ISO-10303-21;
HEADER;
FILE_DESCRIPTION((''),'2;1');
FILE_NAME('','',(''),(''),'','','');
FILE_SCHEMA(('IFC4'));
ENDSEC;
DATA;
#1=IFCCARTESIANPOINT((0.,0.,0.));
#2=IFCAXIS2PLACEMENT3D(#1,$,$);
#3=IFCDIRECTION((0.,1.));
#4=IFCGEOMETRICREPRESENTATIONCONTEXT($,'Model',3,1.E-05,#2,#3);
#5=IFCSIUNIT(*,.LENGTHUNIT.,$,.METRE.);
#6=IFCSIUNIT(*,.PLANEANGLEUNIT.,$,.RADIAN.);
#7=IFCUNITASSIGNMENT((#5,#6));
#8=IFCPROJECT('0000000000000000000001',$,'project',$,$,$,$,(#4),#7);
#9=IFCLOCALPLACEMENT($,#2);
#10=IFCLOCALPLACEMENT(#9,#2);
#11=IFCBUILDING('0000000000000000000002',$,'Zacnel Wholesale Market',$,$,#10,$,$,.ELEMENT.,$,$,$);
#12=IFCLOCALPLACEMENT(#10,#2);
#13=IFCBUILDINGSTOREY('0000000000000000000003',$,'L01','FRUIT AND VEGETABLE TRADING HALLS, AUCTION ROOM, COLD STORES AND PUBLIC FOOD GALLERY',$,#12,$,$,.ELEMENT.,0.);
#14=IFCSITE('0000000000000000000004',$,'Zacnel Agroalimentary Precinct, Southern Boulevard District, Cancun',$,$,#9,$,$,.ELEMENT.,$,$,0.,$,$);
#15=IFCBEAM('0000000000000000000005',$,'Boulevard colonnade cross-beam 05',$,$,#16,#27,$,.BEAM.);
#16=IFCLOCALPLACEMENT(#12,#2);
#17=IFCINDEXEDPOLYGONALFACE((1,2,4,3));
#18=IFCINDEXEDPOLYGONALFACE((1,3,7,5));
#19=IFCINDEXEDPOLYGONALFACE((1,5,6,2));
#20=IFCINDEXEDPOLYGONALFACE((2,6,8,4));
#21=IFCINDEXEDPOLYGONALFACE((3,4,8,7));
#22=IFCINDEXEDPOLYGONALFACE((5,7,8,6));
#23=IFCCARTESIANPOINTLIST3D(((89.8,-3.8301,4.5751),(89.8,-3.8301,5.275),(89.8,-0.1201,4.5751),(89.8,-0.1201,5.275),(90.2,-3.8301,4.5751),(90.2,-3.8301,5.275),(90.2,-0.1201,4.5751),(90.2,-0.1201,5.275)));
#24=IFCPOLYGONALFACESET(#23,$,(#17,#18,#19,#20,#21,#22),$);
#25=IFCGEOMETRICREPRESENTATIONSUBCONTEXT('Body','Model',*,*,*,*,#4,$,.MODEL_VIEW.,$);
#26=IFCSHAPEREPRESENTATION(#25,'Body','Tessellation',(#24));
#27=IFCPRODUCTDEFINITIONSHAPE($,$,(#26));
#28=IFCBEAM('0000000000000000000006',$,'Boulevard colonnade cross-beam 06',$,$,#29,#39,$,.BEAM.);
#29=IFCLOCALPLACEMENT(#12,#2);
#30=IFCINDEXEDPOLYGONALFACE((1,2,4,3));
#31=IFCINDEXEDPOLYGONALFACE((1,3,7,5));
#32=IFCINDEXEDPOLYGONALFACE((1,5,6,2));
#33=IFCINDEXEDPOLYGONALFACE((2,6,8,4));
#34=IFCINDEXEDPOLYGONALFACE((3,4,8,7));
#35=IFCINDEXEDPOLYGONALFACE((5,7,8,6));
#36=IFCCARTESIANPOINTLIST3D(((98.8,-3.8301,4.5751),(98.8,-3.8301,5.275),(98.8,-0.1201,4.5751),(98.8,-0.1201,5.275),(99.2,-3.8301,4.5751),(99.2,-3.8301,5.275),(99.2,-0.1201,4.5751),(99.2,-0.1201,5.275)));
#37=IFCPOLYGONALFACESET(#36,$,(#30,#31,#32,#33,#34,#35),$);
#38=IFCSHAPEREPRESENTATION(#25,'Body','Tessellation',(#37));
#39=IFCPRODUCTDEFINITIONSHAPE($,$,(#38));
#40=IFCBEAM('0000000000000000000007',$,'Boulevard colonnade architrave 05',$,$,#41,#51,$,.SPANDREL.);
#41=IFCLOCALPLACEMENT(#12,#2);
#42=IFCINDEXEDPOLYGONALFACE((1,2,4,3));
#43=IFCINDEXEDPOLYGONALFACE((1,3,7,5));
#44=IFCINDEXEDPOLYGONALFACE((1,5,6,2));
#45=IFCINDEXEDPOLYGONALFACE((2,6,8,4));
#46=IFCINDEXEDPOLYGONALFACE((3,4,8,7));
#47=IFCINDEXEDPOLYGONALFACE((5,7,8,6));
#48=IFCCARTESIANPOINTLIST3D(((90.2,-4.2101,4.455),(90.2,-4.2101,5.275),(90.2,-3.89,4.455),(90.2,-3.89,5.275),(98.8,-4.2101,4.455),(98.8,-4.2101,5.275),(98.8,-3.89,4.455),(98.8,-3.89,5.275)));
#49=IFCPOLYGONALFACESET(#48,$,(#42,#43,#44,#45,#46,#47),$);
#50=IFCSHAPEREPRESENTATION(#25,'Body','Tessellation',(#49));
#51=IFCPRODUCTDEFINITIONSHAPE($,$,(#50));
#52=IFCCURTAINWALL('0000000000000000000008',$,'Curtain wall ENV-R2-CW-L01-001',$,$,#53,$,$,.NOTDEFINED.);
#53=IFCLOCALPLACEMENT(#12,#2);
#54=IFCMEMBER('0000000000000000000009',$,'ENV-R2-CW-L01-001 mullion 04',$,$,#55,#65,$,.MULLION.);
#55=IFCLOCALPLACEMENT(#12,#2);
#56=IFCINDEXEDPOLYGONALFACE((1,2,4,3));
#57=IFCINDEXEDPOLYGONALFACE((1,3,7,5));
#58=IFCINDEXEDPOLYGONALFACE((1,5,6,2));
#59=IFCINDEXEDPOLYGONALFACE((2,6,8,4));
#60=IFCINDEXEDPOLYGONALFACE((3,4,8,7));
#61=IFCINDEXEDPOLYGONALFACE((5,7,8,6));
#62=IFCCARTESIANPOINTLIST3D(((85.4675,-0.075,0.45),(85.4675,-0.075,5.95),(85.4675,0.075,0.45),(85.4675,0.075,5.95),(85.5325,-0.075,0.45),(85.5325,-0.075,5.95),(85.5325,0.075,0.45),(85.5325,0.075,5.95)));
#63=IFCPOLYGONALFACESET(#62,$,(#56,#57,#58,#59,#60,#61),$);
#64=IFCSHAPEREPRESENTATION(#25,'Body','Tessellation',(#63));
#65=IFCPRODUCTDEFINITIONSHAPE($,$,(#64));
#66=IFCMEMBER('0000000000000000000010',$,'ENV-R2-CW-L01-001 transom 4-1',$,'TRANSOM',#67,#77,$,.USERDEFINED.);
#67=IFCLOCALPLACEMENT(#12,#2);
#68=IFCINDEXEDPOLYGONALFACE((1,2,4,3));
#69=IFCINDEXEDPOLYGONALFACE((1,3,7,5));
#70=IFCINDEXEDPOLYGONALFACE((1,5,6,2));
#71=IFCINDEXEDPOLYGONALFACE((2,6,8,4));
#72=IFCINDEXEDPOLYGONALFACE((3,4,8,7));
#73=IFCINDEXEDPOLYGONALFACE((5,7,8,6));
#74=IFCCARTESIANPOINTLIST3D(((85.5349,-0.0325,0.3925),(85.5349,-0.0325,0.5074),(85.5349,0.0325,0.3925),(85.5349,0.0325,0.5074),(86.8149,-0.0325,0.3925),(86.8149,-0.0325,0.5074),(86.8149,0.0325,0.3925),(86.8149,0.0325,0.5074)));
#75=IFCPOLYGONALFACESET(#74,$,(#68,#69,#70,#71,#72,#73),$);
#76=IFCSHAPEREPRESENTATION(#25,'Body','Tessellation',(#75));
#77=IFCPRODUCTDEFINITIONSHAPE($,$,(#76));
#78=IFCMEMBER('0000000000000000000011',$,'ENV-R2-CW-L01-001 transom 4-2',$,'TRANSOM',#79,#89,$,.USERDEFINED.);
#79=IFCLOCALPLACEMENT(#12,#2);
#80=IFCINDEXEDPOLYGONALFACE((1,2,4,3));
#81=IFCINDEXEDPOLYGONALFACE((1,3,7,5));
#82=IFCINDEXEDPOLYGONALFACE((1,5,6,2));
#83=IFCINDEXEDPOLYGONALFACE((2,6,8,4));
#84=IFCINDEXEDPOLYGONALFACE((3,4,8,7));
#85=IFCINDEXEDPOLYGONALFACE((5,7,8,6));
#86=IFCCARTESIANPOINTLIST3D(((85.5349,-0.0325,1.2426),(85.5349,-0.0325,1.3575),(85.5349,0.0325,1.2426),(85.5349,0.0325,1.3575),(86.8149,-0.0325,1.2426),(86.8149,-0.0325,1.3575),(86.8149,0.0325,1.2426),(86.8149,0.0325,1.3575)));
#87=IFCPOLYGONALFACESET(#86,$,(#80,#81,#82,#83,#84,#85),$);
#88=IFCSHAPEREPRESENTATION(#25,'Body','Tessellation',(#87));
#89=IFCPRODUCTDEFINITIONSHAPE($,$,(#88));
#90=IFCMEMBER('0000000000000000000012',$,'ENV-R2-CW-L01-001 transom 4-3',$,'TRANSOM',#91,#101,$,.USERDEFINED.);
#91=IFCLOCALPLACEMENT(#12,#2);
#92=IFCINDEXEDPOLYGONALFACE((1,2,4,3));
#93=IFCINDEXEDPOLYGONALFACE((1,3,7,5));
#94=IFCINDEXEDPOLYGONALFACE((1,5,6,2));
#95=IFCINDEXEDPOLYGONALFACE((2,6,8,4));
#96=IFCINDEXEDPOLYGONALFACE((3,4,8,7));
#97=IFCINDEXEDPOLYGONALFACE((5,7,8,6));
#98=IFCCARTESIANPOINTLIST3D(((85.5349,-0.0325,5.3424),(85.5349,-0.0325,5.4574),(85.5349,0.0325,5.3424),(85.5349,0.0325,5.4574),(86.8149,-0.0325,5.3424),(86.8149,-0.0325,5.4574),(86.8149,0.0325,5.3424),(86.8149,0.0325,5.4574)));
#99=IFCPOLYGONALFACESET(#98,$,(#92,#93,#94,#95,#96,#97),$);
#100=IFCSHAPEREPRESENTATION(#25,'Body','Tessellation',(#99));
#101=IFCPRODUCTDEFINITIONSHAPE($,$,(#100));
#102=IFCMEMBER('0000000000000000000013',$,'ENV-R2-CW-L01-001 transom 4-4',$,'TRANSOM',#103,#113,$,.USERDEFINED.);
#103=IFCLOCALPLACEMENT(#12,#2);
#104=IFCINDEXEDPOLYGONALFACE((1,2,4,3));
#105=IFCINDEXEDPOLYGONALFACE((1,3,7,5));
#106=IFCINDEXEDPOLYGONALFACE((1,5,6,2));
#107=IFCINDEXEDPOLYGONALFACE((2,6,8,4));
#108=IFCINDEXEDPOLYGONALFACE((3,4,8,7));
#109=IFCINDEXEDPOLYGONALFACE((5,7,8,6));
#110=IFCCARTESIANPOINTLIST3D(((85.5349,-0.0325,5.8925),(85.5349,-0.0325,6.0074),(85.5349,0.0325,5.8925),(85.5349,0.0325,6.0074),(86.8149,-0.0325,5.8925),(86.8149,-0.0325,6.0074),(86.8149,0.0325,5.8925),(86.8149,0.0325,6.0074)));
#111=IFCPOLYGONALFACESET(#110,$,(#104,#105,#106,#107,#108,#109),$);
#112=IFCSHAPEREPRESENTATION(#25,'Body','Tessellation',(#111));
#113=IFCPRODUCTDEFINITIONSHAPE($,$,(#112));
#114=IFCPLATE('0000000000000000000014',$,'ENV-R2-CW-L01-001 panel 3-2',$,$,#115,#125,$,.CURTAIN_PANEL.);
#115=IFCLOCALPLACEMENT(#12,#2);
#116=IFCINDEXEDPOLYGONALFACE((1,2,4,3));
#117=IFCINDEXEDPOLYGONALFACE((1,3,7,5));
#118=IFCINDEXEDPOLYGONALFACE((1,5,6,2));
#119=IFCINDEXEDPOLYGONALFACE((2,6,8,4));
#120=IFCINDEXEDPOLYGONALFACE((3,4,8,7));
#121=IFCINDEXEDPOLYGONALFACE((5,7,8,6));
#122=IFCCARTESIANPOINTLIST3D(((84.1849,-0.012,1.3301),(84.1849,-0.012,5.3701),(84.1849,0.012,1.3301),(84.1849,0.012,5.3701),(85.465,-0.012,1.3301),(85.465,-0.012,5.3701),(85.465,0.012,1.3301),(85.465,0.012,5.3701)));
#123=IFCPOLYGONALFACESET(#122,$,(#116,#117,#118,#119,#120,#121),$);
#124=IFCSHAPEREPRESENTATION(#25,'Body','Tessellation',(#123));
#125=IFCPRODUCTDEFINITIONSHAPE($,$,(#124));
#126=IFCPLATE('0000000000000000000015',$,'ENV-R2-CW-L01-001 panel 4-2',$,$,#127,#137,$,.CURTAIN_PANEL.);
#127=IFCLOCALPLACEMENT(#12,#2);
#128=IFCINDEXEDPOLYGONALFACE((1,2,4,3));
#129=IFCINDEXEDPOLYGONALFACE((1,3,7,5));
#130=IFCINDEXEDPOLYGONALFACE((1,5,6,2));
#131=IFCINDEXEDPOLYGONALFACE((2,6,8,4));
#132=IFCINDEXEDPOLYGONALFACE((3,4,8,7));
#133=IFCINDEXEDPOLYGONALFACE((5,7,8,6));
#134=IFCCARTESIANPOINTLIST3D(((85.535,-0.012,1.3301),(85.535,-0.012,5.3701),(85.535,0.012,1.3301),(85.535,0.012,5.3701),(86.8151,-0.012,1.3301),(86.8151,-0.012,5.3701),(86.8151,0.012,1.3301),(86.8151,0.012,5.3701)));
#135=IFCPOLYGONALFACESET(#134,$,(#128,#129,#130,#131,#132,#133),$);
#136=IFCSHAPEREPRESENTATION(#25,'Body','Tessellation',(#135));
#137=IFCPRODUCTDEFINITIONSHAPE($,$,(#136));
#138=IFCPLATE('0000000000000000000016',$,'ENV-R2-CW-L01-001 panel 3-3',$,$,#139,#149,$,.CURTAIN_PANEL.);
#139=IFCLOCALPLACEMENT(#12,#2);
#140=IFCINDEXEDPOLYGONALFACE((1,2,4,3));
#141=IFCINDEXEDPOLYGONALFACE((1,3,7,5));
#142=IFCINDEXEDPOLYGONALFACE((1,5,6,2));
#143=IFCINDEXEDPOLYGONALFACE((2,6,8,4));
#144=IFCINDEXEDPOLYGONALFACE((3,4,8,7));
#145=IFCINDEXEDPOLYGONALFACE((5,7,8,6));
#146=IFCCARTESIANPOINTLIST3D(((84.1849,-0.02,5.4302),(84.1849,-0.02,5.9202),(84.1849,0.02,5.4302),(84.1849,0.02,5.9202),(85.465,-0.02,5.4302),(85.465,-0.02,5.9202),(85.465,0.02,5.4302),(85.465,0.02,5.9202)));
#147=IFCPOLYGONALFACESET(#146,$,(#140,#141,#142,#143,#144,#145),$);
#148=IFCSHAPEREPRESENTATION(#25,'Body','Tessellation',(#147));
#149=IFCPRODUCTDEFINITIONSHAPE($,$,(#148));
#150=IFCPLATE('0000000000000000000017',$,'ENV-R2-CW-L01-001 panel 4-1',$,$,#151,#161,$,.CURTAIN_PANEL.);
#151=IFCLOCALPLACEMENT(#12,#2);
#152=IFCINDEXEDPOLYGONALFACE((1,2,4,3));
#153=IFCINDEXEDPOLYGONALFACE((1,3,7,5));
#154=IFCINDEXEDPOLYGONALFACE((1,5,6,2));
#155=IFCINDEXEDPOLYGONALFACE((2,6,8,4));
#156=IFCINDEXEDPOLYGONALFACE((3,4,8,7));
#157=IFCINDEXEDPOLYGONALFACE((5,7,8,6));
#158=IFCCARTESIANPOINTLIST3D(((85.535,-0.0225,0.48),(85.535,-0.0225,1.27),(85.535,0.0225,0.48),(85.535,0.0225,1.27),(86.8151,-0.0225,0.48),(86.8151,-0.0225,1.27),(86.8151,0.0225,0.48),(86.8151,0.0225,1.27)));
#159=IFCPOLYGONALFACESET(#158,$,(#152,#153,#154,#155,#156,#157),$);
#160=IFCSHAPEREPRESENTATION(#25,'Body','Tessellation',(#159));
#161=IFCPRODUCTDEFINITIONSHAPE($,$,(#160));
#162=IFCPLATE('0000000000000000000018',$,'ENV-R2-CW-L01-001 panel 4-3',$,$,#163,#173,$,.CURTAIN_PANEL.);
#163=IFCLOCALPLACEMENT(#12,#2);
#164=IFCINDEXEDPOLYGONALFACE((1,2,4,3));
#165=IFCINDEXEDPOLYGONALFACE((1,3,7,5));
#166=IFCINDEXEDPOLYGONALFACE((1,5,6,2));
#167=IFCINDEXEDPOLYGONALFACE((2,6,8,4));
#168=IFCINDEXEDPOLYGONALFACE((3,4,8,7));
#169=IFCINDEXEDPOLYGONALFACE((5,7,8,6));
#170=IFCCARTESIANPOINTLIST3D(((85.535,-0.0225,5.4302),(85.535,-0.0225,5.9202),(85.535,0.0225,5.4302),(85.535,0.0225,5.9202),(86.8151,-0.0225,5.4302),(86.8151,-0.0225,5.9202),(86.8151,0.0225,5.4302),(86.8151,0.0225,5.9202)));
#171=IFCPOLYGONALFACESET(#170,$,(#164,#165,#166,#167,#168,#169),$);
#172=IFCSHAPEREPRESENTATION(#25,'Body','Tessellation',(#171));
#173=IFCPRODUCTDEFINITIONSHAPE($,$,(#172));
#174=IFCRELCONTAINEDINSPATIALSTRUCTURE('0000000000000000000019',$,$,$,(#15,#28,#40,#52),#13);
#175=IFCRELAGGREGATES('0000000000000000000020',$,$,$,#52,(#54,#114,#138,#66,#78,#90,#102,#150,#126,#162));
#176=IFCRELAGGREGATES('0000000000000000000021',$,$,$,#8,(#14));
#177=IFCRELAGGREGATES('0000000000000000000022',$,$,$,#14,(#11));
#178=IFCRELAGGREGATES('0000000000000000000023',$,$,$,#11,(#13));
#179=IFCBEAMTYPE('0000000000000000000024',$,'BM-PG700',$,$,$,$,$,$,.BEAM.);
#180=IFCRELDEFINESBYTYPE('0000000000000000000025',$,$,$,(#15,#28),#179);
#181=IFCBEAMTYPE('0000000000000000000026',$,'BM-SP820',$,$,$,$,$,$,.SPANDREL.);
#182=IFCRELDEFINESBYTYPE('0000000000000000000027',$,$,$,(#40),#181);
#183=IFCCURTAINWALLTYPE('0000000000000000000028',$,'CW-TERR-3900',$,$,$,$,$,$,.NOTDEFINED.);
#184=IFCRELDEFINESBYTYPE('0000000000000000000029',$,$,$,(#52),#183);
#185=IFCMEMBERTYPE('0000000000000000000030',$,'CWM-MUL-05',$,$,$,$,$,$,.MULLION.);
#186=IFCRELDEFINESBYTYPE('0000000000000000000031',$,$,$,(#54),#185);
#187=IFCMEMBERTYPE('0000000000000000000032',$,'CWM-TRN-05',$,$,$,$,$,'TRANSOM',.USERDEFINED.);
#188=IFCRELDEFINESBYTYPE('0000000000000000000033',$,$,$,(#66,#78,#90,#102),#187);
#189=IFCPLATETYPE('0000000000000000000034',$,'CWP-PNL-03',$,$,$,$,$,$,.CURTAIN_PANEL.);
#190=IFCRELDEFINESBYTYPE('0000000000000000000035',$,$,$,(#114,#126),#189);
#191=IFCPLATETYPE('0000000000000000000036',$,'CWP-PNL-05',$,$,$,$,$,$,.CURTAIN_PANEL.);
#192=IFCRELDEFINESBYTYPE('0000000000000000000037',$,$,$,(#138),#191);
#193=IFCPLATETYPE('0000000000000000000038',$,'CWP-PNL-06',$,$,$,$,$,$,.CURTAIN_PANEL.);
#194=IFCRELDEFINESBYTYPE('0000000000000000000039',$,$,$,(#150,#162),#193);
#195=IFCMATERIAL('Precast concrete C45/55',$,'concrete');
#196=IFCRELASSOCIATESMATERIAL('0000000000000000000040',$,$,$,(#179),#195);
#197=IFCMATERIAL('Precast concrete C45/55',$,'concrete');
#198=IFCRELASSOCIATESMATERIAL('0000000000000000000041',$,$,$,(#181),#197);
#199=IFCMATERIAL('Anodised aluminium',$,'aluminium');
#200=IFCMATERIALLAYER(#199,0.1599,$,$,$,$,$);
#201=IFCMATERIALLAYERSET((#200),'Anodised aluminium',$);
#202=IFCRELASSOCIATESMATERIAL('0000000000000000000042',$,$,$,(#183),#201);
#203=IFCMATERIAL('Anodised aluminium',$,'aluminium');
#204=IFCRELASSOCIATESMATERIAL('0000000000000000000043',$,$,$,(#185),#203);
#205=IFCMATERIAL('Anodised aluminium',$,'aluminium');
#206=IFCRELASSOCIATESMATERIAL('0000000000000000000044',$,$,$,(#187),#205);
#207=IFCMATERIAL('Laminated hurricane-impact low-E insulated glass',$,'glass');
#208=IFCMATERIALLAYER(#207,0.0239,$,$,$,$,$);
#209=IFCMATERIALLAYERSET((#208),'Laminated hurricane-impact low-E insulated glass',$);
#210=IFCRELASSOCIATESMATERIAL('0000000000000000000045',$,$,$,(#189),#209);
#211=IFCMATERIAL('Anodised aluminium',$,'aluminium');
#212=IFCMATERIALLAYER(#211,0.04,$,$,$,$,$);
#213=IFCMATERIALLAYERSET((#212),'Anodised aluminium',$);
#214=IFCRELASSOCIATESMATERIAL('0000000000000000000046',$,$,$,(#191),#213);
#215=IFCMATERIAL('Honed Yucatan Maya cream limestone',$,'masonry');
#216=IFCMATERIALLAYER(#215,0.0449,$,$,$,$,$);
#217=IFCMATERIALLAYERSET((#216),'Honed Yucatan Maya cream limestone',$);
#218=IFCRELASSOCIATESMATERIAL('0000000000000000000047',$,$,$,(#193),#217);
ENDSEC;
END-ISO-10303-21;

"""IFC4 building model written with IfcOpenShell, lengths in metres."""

from ifc_helpers import new_model, si_unit, direction, frame, origin, origin_2d, place, context, subcontext, project, spatial, rectangle, extrude, material, layer, layer_set, material_profile, profile_set, type_object, element, aggregate, save


model = new_model("IFC4")

# Units and contexts
model_context = context("Model", 3, precision=1e-05, world=origin(), true_north=direction((0.0, 1.0)))
body_context = subcontext(model_context, "Body", "Model", "MODEL_VIEW")
ifc_project = project(units=[si_unit("LENGTHUNIT", "METRE"), si_unit("PLANEANGLEUNIT", "RADIAN")], contexts=[model_context])

# Site, building, storey
site_placement = place(None, origin())
site = spatial("IfcSite", under=ifc_project, at=site_placement, Name="Zacnel Agroalimentary Precinct, Southern Boulevard District, Cancun", CompositionType="ELEMENT", RefElevation=0.0)
building_placement = place(site_placement, origin())
building = spatial("IfcBuilding", under=site, at=building_placement, Name="Zacnel Wholesale Market", CompositionType="ELEMENT")
storey_placement = place(building_placement, origin())
storey = spatial("IfcBuildingStorey", under=building, at=storey_placement, Name="L01", Description="FRUIT AND VEGETABLE TRADING HALLS, AUCTION ROOM, COLD STORES AND PUBLIC FOOD GALLERY", CompositionType="ELEMENT", Elevation=0.0)

# Beams
ifc_material_1 = material(Name="Precast concrete C45/55", Category="concrete")
ifc_material_profile_1 = material_profile(ifc_material_1, rectangle(XDim=0.3999, YDim=0.7, at=origin_2d()), Name="PG 400x700")
ifc_profile_set_1 = profile_set([ifc_material_profile_1], Name="Precast concrete C45/55")
beam_type_1 = type_object("IfcBeamType", Name="BM-PG700", PredefinedType="BEAM", material=ifc_profile_set_1)
for number, where, z_axis, x_axis, name in (
    (1, (90.0, -3.8301, 4.925), (0.0, 1.0, 0.0), (-1.0, 0.0, 0.0), "Boulevard colonnade cross-beam 05"),
    (2, (99.0, -3.8301, 4.925), (0.0, 1.0, 0.0), (-1.0, 0.0, 0.0), "Boulevard colonnade cross-beam 06"),
):
    element("IfcBeam", number, at=place(storey_placement, frame(where, z_axis=z_axis, x_axis=x_axis)), inside=storey, type_object=beam_type_1, Name=name, PredefinedType="BEAM", context=body_context, shape_type="SweptSolid", body=[
        extrude(rectangle(XDim=0.3999, YDim=0.7, at=origin_2d()), origin(), (0.0, 0.0, 1.0), 3.71),
    ])
ifc_material_2 = material(Name="Precast concrete C45/55", Category="concrete")
ifc_material_profile_2 = material_profile(ifc_material_2, rectangle(XDim=0.3201, YDim=0.8201, at=origin_2d()), Name="SP 320x820")
ifc_profile_set_2 = profile_set([ifc_material_profile_2], Name="Precast concrete C45/55")
beam_type_2 = type_object("IfcBeamType", Name="BM-SP820", PredefinedType="SPANDREL", material=ifc_profile_set_2)
beam_placement = place(storey_placement, frame((90.2, -4.05, 4.865), z_axis=(1.0, 0.0, 0.0), x_axis=(0.0, 1.0, 0.0)))
element("IfcBeam", 3, at=beam_placement, inside=storey, type_object=beam_type_2, Name="Boulevard colonnade architrave 05", PredefinedType="SPANDREL", context=body_context, shape_type="SweptSolid", body=[
    extrude(rectangle(XDim=0.3201, YDim=0.8201, at=origin_2d()), origin(), (0.0, 0.0, 1.0), 8.6001),
])

# Curtain wall, members, plates
ifc_material_3 = material(Name="Anodised aluminium", Category="aluminium")
ifc_layer_1 = layer(ifc_material_3, 0.1599)
ifc_layer_set_1 = layer_set([ifc_layer_1], Name="Anodised aluminium")
curtain_wall_type = type_object("IfcCurtainWallType", Name="CW-TERR-3900", PredefinedType="NOTDEFINED", material=ifc_layer_set_1)
curtain_wall_placement = place(storey_placement, origin())
curtain_wall = element("IfcCurtainWall", 4, at=curtain_wall_placement, inside=storey, type_object=curtain_wall_type, Name="Curtain wall ENV-R2-CW-L01-001", PredefinedType="NOTDEFINED")
ifc_material_4 = material(Name="Anodised aluminium", Category="aluminium")
ifc_material_profile_3 = material_profile(ifc_material_4, rectangle(XDim=0.0649, YDim=0.1499, at=origin_2d()), Name="AW-MULLION 65x150")
ifc_profile_set_3 = profile_set([ifc_material_profile_3], Name="Anodised aluminium")
member_type_1 = type_object("IfcMemberType", Name="CWM-MUL-05", PredefinedType="MULLION", material=ifc_profile_set_3)
member_1_placement = place(storey_placement, frame((85.5, 0.0, 0.45), z_axis=(0.0, 0.0, 1.0), x_axis=(1.0, 0.0, 0.0)))
member_1 = element("IfcMember", 5, at=member_1_placement, type_object=member_type_1, Name="ENV-R2-CW-L01-001 mullion 04", PredefinedType="MULLION", context=body_context, shape_type="SweptSolid", body=[
    extrude(rectangle(XDim=0.0649, YDim=0.1499, at=origin_2d()), origin(), (0.0, 0.0, 1.0), 5.5),
])
ifc_material_5 = material(Name="Anodised aluminium", Category="aluminium")
ifc_material_profile_4 = material_profile(ifc_material_5, rectangle(XDim=0.0649, YDim=0.115, at=origin_2d()), Name="AW-TRANSOM 65x115")
ifc_profile_set_4 = profile_set([ifc_material_profile_4], Name="Anodised aluminium")
member_type_2 = type_object("IfcMemberType", Name="CWM-TRN-05", ElementType="TRANSOM", PredefinedType="USERDEFINED", material=ifc_profile_set_4)
member_2_placement = place(storey_placement, frame((85.5349, 0.0, 0.45), z_axis=(1.0, 0.0, 0.0), x_axis=(0.0, 1.0, 0.0)))
member_2 = element("IfcMember", 6, at=member_2_placement, type_object=member_type_2, Name="ENV-R2-CW-L01-001 transom 4-1", ObjectType="TRANSOM", PredefinedType="USERDEFINED", context=body_context, shape_type="SweptSolid", body=[
    extrude(rectangle(XDim=0.0649, YDim=0.115, at=origin_2d()), origin(), (0.0, 0.0, 1.0), 1.28),
])
member_3_placement = place(storey_placement, frame((85.5349, 0.0, 1.3), z_axis=(1.0, 0.0, 0.0), x_axis=(0.0, 1.0, 0.0)))
member_3 = element("IfcMember", 7, at=member_3_placement, type_object=member_type_2, Name="ENV-R2-CW-L01-001 transom 4-2", ObjectType="TRANSOM", PredefinedType="USERDEFINED", context=body_context, shape_type="SweptSolid", body=[
    extrude(rectangle(XDim=0.0649, YDim=0.115, at=origin_2d()), origin(), (0.0, 0.0, 1.0), 1.28),
])
member_4_placement = place(storey_placement, frame((85.5349, 0.0, 5.3999), z_axis=(1.0, 0.0, 0.0), x_axis=(0.0, 1.0, 0.0)))
member_4 = element("IfcMember", 8, at=member_4_placement, type_object=member_type_2, Name="ENV-R2-CW-L01-001 transom 4-3", ObjectType="TRANSOM", PredefinedType="USERDEFINED", context=body_context, shape_type="SweptSolid", body=[
    extrude(rectangle(XDim=0.0649, YDim=0.115, at=origin_2d()), origin(), (0.0, 0.0, 1.0), 1.28),
])
member_5_placement = place(storey_placement, frame((85.5349, 0.0, 5.95), z_axis=(1.0, 0.0, 0.0), x_axis=(0.0, 1.0, 0.0)))
member_5 = element("IfcMember", 9, at=member_5_placement, type_object=member_type_2, Name="ENV-R2-CW-L01-001 transom 4-4", ObjectType="TRANSOM", PredefinedType="USERDEFINED", context=body_context, shape_type="SweptSolid", body=[
    extrude(rectangle(XDim=0.0649, YDim=0.115, at=origin_2d()), origin(), (0.0, 0.0, 1.0), 1.28),
])
ifc_material_6 = material(Name="Laminated hurricane-impact low-E insulated glass", Category="glass")
ifc_layer_2 = layer(ifc_material_6, 0.0239)
ifc_layer_set_2 = layer_set([ifc_layer_2], Name="Laminated hurricane-impact low-E insulated glass")
plate_type_1 = type_object("IfcPlateType", Name="CWP-PNL-03", PredefinedType="CURTAIN_PANEL", material=ifc_layer_set_2)
plate_1_placement = place(storey_placement, frame((84.825, 0.0, 1.3301), z_axis=(0.0, 0.0, 1.0), x_axis=(1.0, 0.0, 0.0)))
plate_1 = element("IfcPlate", 10, at=plate_1_placement, type_object=plate_type_1, Name="ENV-R2-CW-L01-001 panel 3-2", PredefinedType="CURTAIN_PANEL", context=body_context, shape_type="SweptSolid", body=[
    extrude(rectangle(XDim=1.28, YDim=0.0239, at=origin_2d()), origin(), (0.0, 0.0, 1.0), 4.04),
])
plate_2_placement = place(storey_placement, frame((86.175, 0.0, 1.3301), z_axis=(0.0, 0.0, 1.0), x_axis=(1.0, 0.0, 0.0)))
plate_2 = element("IfcPlate", 11, at=plate_2_placement, type_object=plate_type_1, Name="ENV-R2-CW-L01-001 panel 4-2", PredefinedType="CURTAIN_PANEL", context=body_context, shape_type="SweptSolid", body=[
    extrude(rectangle(XDim=1.28, YDim=0.0239, at=origin_2d()), origin(), (0.0, 0.0, 1.0), 4.04),
])
ifc_material_7 = material(Name="Anodised aluminium", Category="aluminium")
ifc_layer_3 = layer(ifc_material_7, 0.04)
ifc_layer_set_3 = layer_set([ifc_layer_3], Name="Anodised aluminium")
plate_type_2 = type_object("IfcPlateType", Name="CWP-PNL-05", PredefinedType="CURTAIN_PANEL", material=ifc_layer_set_3)
plate_3_placement = place(storey_placement, frame((84.825, 0.0, 5.4302), z_axis=(0.0, 0.0, 1.0), x_axis=(1.0, 0.0, 0.0)))
plate_3 = element("IfcPlate", 12, at=plate_3_placement, type_object=plate_type_2, Name="ENV-R2-CW-L01-001 panel 3-3", PredefinedType="CURTAIN_PANEL", context=body_context, shape_type="SweptSolid", body=[
    extrude(rectangle(XDim=1.28, YDim=0.04, at=origin_2d()), origin(), (0.0, 0.0, 1.0), 0.49),
])
ifc_material_8 = material(Name="Honed Yucatan Maya cream limestone", Category="masonry")
ifc_layer_4 = layer(ifc_material_8, 0.0449)
ifc_layer_set_4 = layer_set([ifc_layer_4], Name="Honed Yucatan Maya cream limestone")
plate_type_3 = type_object("IfcPlateType", Name="CWP-PNL-06", PredefinedType="CURTAIN_PANEL", material=ifc_layer_set_4)
plate_4_placement = place(storey_placement, frame((86.175, 0.0, 0.48), z_axis=(0.0, 0.0, 1.0), x_axis=(1.0, 0.0, 0.0)))
plate_4 = element("IfcPlate", 13, at=plate_4_placement, type_object=plate_type_3, Name="ENV-R2-CW-L01-001 panel 4-1", PredefinedType="CURTAIN_PANEL", context=body_context, shape_type="SweptSolid", body=[
    extrude(rectangle(XDim=1.28, YDim=0.0449, at=origin_2d()), origin(), (0.0, 0.0, 1.0), 0.79),
])
plate_5_placement = place(storey_placement, frame((86.175, 0.0, 5.4302), z_axis=(0.0, 0.0, 1.0), x_axis=(1.0, 0.0, 0.0)))
plate_5 = element("IfcPlate", 14, at=plate_5_placement, type_object=plate_type_3, Name="ENV-R2-CW-L01-001 panel 4-3", PredefinedType="CURTAIN_PANEL", context=body_context, shape_type="SweptSolid", body=[
    extrude(rectangle(XDim=1.28, YDim=0.0449, at=origin_2d()), origin(), (0.0, 0.0, 1.0), 0.49),
])
aggregate(curtain_wall, [member_1, plate_1, plate_3, member_2, member_3, member_4, member_5, plate_4, plate_2, plate_5])

save(model, "model.ifc")
